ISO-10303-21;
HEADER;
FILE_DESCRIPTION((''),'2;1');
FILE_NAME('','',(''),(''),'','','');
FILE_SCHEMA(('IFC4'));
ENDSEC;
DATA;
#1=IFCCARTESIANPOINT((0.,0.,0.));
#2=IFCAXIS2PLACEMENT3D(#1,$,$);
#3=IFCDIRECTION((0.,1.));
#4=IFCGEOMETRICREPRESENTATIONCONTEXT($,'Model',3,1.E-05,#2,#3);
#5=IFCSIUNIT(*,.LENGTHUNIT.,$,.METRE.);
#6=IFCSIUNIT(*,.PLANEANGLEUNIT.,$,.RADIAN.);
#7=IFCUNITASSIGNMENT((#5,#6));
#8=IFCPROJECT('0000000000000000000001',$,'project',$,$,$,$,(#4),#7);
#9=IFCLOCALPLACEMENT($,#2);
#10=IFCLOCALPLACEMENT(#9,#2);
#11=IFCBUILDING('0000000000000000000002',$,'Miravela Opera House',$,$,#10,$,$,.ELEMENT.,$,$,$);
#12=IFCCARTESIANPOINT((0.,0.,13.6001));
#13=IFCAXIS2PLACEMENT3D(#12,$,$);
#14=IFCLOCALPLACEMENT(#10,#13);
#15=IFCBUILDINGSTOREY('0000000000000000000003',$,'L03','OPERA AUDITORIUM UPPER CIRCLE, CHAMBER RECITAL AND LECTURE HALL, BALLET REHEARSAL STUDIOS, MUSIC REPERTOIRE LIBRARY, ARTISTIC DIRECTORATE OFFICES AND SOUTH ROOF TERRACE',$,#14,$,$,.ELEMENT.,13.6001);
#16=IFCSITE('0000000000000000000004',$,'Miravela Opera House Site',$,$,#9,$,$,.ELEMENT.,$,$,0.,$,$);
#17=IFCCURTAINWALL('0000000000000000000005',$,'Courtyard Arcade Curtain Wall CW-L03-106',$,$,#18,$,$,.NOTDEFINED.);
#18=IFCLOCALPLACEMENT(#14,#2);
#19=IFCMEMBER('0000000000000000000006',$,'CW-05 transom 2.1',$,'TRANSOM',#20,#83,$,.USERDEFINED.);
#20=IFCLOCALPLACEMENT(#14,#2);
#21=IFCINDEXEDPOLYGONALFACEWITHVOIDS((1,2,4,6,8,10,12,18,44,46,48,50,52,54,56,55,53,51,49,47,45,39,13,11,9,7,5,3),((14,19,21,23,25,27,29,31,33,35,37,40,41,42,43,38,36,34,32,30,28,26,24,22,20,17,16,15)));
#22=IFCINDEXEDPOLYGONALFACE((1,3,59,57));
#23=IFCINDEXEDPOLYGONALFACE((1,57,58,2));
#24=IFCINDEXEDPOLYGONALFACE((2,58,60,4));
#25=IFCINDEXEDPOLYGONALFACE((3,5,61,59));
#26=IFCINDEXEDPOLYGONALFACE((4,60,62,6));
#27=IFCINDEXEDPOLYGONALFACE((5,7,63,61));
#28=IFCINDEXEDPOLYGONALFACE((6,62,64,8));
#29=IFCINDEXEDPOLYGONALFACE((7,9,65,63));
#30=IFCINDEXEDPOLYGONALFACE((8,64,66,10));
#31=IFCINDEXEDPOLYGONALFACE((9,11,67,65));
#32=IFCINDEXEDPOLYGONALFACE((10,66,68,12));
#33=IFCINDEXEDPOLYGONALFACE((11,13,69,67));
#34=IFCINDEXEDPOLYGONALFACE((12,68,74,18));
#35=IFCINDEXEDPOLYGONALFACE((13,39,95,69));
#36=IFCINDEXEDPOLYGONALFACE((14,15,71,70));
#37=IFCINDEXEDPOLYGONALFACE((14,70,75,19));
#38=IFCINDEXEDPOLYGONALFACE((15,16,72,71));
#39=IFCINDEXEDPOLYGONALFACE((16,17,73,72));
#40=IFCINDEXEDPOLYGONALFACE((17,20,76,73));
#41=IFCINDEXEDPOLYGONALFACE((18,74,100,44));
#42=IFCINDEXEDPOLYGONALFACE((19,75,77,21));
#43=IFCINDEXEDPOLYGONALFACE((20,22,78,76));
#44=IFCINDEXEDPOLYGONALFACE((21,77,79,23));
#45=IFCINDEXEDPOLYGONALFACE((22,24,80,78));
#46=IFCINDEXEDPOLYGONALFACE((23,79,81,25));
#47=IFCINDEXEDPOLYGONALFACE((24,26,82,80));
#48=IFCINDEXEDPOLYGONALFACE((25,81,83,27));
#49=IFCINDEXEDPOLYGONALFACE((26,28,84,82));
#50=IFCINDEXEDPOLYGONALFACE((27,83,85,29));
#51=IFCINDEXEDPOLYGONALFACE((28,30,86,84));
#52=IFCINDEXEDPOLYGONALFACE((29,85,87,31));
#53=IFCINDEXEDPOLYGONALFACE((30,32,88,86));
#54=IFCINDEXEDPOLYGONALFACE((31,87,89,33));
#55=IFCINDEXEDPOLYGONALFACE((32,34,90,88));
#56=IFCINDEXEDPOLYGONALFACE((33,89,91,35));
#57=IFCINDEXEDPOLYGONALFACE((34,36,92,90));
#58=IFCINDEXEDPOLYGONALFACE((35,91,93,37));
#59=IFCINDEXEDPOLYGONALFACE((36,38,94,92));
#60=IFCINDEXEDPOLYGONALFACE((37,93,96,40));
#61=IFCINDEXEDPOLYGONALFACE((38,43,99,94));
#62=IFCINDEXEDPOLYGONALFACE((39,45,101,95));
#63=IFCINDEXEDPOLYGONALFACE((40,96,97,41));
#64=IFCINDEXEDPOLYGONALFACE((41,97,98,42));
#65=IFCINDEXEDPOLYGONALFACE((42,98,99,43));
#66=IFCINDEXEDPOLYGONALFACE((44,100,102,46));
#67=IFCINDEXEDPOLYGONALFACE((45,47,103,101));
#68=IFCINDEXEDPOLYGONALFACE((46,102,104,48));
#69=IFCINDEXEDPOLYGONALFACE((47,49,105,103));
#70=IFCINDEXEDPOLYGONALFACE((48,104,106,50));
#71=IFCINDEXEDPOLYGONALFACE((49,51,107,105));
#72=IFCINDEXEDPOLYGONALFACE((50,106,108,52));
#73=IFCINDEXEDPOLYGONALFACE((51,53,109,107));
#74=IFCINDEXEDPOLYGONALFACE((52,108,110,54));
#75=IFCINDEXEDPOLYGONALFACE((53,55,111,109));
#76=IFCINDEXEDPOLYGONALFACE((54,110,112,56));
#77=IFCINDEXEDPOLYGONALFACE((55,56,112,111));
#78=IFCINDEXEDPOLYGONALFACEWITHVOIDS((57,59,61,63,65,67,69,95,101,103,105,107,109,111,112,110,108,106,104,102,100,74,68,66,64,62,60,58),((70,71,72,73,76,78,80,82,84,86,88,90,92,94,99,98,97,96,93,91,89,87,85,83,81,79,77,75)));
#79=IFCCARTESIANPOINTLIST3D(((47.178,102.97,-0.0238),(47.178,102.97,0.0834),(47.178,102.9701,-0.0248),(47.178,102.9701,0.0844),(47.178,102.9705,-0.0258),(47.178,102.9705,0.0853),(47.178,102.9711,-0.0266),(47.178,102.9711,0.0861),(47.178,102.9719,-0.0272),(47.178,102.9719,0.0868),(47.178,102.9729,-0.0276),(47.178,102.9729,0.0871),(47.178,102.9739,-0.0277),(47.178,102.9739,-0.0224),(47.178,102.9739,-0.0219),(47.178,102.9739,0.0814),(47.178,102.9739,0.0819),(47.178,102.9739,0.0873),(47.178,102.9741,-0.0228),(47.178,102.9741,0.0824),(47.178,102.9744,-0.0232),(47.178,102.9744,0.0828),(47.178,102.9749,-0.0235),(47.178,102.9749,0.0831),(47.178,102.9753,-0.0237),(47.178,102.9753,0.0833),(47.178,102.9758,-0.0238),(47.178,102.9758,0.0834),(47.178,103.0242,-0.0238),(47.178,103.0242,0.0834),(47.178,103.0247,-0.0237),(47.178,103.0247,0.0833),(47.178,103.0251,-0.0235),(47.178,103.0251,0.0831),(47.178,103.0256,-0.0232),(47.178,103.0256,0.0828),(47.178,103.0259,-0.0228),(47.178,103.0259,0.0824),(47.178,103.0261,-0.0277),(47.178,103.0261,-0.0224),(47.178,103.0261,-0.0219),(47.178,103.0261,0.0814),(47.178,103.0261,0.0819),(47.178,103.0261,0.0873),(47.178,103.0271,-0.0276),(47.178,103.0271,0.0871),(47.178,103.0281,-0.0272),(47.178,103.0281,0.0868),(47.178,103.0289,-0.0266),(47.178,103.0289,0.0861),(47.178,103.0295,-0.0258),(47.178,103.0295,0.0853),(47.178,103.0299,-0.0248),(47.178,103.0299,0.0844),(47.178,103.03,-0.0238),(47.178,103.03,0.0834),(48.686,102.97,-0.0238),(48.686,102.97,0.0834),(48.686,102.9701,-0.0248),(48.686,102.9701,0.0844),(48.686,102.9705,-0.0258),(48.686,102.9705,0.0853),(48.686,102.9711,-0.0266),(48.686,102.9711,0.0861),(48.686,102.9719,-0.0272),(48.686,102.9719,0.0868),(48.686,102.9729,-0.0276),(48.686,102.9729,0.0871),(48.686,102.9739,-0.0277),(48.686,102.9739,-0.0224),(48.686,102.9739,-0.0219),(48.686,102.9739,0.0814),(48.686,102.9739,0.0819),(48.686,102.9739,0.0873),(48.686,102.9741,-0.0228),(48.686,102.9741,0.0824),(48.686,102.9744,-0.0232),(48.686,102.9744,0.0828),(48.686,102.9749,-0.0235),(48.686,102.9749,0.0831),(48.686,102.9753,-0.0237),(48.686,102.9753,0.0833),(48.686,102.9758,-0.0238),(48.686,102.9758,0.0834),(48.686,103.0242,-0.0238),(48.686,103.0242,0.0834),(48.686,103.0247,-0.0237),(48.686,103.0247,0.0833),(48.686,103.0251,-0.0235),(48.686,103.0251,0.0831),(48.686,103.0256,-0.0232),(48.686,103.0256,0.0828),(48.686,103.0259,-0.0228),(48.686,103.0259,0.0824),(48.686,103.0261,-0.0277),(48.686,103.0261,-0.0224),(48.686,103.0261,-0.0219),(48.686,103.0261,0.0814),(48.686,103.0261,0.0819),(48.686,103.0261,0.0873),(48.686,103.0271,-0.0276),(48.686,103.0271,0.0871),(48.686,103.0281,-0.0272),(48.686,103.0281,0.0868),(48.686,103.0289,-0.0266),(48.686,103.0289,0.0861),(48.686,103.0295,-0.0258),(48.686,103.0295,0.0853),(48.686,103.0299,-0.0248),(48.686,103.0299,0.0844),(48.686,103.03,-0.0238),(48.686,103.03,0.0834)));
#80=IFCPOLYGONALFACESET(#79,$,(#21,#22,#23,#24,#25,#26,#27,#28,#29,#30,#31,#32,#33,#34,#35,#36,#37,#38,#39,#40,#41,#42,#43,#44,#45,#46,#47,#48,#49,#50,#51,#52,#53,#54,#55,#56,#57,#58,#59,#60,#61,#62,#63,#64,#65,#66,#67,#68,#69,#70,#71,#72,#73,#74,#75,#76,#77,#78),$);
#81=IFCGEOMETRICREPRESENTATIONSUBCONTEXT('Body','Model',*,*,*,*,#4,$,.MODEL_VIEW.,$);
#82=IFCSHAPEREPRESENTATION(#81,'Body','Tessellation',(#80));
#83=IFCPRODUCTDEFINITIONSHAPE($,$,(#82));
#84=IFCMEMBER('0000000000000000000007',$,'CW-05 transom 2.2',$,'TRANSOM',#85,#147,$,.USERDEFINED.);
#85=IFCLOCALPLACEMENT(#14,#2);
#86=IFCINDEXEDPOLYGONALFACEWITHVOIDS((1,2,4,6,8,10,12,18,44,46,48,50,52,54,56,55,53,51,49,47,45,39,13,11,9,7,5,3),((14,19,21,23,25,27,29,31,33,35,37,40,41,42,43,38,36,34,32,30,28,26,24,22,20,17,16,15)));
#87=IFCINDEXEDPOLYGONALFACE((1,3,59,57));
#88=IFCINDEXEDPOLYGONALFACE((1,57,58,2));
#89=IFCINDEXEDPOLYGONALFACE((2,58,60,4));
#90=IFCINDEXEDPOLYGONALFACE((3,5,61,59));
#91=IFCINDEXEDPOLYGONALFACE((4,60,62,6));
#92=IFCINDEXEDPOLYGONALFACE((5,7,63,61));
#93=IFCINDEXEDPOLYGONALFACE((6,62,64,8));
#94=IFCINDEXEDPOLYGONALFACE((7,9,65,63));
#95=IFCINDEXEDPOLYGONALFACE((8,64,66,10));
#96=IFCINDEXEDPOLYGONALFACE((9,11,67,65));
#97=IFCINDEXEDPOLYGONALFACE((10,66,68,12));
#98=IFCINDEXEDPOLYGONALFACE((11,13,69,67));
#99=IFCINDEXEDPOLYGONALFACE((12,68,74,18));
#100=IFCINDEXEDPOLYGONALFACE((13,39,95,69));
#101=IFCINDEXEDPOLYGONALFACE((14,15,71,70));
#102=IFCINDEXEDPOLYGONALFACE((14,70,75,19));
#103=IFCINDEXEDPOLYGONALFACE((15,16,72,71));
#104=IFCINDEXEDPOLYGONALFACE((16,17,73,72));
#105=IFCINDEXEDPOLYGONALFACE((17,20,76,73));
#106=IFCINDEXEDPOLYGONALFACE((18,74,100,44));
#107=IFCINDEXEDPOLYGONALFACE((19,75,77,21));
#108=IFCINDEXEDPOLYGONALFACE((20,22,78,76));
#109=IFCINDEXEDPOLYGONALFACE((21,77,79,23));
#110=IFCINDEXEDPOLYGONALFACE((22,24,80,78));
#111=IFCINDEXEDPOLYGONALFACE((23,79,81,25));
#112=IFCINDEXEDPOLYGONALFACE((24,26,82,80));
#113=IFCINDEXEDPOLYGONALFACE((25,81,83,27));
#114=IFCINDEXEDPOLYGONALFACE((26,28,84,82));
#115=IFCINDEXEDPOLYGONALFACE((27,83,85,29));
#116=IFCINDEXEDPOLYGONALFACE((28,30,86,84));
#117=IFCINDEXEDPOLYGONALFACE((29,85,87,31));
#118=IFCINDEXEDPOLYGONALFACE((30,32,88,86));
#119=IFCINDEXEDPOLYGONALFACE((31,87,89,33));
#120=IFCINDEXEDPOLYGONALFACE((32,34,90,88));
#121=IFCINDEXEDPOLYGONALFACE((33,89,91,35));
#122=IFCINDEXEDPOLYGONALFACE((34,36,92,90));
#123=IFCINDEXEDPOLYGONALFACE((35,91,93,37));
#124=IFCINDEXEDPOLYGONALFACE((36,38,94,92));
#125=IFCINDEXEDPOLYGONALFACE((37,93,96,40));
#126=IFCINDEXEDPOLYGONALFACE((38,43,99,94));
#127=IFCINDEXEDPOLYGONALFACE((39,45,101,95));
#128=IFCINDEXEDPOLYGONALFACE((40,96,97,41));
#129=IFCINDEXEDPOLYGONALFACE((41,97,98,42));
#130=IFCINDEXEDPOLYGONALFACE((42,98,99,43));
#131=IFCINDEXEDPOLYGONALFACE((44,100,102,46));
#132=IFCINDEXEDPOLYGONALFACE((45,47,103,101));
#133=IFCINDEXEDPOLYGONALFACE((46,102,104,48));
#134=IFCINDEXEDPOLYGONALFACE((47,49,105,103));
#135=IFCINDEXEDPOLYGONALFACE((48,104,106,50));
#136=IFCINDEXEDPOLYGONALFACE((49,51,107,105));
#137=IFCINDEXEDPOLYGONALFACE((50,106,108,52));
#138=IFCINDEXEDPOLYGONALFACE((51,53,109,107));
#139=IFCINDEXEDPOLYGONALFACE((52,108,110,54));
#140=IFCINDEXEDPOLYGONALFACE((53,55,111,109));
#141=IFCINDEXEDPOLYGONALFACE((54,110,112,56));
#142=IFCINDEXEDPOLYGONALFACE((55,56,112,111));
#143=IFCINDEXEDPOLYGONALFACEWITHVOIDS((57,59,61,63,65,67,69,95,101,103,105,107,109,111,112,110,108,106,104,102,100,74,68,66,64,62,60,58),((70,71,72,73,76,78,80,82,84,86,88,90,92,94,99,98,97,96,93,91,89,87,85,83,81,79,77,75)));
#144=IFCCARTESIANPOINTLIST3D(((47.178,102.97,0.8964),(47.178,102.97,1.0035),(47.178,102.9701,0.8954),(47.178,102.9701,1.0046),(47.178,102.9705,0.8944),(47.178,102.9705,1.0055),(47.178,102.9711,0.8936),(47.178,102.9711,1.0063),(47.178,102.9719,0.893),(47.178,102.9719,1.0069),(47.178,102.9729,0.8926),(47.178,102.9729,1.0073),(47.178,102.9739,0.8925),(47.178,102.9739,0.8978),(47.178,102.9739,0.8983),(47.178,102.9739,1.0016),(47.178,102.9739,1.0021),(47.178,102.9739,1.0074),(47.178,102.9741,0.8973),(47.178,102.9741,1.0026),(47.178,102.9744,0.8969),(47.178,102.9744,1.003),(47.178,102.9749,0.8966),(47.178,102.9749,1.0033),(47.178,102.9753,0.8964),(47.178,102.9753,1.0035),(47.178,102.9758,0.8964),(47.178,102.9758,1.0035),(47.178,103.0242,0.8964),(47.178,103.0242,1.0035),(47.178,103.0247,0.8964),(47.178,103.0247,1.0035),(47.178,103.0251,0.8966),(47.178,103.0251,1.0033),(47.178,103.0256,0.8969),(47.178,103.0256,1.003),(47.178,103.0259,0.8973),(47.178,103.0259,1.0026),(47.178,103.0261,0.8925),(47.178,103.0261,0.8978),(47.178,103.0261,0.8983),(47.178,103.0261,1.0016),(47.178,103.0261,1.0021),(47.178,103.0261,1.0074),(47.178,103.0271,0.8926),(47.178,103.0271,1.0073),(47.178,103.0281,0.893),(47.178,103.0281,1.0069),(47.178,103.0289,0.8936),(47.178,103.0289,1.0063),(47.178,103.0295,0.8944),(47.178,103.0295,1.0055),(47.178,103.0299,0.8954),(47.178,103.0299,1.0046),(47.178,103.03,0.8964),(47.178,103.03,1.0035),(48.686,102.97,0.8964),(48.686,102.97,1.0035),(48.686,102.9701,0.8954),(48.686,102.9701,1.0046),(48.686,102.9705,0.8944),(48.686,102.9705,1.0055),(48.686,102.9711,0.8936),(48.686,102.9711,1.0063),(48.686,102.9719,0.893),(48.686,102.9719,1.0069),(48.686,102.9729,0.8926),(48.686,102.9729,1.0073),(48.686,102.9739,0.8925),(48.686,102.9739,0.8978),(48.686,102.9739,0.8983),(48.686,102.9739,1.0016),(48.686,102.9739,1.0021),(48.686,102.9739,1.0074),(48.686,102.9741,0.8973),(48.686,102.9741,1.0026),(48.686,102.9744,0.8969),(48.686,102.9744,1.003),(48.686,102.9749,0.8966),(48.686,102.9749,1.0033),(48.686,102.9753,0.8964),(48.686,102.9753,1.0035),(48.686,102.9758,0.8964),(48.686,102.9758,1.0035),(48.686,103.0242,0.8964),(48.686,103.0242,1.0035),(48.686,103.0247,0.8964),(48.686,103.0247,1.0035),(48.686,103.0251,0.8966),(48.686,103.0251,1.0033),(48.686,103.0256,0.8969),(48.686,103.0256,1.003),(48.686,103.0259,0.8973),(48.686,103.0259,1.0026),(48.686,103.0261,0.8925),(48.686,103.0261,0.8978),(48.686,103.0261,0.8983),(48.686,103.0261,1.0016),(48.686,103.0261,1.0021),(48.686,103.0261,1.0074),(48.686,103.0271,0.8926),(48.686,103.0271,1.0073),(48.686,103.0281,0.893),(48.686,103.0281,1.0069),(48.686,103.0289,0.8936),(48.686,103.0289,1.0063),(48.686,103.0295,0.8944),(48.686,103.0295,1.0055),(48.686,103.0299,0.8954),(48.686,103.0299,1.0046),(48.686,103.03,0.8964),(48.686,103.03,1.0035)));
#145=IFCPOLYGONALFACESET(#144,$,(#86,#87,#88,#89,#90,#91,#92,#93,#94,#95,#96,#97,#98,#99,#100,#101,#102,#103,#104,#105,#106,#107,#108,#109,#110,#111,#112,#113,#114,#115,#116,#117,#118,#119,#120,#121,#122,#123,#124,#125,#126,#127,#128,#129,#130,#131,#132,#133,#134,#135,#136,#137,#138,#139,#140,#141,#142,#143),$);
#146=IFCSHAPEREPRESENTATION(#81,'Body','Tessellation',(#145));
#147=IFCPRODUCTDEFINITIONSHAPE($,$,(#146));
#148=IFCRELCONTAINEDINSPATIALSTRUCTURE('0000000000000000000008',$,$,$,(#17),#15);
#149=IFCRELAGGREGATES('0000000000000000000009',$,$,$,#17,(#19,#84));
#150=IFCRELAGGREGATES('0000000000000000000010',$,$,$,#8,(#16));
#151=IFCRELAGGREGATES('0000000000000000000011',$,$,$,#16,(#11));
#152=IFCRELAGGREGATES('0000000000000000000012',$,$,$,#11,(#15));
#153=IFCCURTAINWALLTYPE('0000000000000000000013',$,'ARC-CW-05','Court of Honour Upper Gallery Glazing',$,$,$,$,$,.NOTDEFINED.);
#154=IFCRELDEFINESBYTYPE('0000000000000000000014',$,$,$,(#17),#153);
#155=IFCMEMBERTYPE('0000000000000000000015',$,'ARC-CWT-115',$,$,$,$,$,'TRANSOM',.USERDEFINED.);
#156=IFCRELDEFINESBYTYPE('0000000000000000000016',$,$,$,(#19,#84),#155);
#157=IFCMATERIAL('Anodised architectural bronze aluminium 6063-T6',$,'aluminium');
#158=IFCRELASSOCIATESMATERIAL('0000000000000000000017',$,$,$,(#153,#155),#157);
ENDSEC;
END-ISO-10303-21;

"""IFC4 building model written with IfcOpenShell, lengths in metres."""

from ifc_helpers import new_model, si_unit, direction, frame, origin, origin_2d, place, context, subcontext, project, spatial, hollow_rectangle, extrude, material, material_profile, profile_set, type_object, element, aggregate, save


model = new_model("IFC4")

# Units and contexts
model_context = context("Model", 3, precision=1e-05, world=origin(), true_north=direction((0.0, 1.0)))
body_context = subcontext(model_context, "Body", "Model", "MODEL_VIEW")
ifc_project = project(units=[si_unit("LENGTHUNIT", "METRE"), si_unit("PLANEANGLEUNIT", "RADIAN")], contexts=[model_context])

# Site, building, storey
site_placement = place(None, origin())
site = spatial("IfcSite", under=ifc_project, at=site_placement, Name="Miravela Opera House Site", CompositionType="ELEMENT", RefElevation=0.0)
building_placement = place(site_placement, origin())
building = spatial("IfcBuilding", under=site, at=building_placement, Name="Miravela Opera House", CompositionType="ELEMENT")
storey_placement = place(building_placement, frame((0.0, 0.0, 13.6001)))
storey = spatial("IfcBuildingStorey", under=building, at=storey_placement, Name="L03", Description="OPERA AUDITORIUM UPPER CIRCLE, CHAMBER RECITAL AND LECTURE HALL, BALLET REHEARSAL STUDIOS, MUSIC REPERTOIRE LIBRARY, ARTISTIC DIRECTORATE OFFICES AND SOUTH ROOF TERRACE", CompositionType="ELEMENT", Elevation=13.6001)

# Curtain wall, members
ifc_material_1 = material(Name="Anodised architectural bronze aluminium 6063-T6", Category="aluminium")
curtain_wall_type = type_object("IfcCurtainWallType", Name="ARC-CW-05", Description="Court of Honour Upper Gallery Glazing", PredefinedType="NOTDEFINED", material=ifc_material_1)
curtain_wall_placement = place(storey_placement, origin())
curtain_wall = element("IfcCurtainWall", 1, at=curtain_wall_placement, inside=storey, type_object=curtain_wall_type, Name="Courtyard Arcade Curtain Wall CW-L03-106", PredefinedType="NOTDEFINED")
ifc_material_profile_1 = material_profile(ifc_material_1, hollow_rectangle(XDim=0.0601, YDim=0.115, WallThickness=0.0039, InnerFilletRadius=0.002, OuterFilletRadius=0.0039, at=origin_2d()), Name="CWT-60X115")
ifc_profile_set_1 = profile_set([ifc_material_profile_1])
member_type_1 = type_object("IfcMemberType", Name="ARC-CWT-115", ElementType="TRANSOM", PredefinedType="USERDEFINED", material=ifc_profile_set_1)
member_1_placement = place(storey_placement, frame((47.178, 103.0, 0.0298), z_axis=(1.0, 0.0, 0.0), x_axis=(0.0, 1.0, 0.0)))
member_1 = element("IfcMember", 2, at=member_1_placement, type_object=member_type_1, Name="CW-05 transom 2.1", ObjectType="TRANSOM", PredefinedType="USERDEFINED", context=body_context, shape_type="SweptSolid", body=[
    extrude(hollow_rectangle(XDim=0.0601, YDim=0.115, WallThickness=0.0039, InnerFilletRadius=0.002, OuterFilletRadius=0.0039, at=origin_2d()), origin(), (0.0, 0.0, 1.0), 1.5081),
])
member_2_placement = place(storey_placement, frame((47.178, 103.0, 0.95), z_axis=(1.0, 0.0, 0.0), x_axis=(0.0, 1.0, 0.0)))
member_2 = element("IfcMember", 3, at=member_2_placement, type_object=member_type_1, Name="CW-05 transom 2.2", ObjectType="TRANSOM", PredefinedType="USERDEFINED", context=body_context, shape_type="SweptSolid", body=[
    extrude(hollow_rectangle(XDim=0.0601, YDim=0.115, WallThickness=0.0039, InnerFilletRadius=0.002, OuterFilletRadius=0.0039, at=origin_2d()), origin(), (0.0, 0.0, 1.0), 1.5081),
])

aggregate(curtain_wall, [member_1, member_2])

save(model, "model.ifc")
